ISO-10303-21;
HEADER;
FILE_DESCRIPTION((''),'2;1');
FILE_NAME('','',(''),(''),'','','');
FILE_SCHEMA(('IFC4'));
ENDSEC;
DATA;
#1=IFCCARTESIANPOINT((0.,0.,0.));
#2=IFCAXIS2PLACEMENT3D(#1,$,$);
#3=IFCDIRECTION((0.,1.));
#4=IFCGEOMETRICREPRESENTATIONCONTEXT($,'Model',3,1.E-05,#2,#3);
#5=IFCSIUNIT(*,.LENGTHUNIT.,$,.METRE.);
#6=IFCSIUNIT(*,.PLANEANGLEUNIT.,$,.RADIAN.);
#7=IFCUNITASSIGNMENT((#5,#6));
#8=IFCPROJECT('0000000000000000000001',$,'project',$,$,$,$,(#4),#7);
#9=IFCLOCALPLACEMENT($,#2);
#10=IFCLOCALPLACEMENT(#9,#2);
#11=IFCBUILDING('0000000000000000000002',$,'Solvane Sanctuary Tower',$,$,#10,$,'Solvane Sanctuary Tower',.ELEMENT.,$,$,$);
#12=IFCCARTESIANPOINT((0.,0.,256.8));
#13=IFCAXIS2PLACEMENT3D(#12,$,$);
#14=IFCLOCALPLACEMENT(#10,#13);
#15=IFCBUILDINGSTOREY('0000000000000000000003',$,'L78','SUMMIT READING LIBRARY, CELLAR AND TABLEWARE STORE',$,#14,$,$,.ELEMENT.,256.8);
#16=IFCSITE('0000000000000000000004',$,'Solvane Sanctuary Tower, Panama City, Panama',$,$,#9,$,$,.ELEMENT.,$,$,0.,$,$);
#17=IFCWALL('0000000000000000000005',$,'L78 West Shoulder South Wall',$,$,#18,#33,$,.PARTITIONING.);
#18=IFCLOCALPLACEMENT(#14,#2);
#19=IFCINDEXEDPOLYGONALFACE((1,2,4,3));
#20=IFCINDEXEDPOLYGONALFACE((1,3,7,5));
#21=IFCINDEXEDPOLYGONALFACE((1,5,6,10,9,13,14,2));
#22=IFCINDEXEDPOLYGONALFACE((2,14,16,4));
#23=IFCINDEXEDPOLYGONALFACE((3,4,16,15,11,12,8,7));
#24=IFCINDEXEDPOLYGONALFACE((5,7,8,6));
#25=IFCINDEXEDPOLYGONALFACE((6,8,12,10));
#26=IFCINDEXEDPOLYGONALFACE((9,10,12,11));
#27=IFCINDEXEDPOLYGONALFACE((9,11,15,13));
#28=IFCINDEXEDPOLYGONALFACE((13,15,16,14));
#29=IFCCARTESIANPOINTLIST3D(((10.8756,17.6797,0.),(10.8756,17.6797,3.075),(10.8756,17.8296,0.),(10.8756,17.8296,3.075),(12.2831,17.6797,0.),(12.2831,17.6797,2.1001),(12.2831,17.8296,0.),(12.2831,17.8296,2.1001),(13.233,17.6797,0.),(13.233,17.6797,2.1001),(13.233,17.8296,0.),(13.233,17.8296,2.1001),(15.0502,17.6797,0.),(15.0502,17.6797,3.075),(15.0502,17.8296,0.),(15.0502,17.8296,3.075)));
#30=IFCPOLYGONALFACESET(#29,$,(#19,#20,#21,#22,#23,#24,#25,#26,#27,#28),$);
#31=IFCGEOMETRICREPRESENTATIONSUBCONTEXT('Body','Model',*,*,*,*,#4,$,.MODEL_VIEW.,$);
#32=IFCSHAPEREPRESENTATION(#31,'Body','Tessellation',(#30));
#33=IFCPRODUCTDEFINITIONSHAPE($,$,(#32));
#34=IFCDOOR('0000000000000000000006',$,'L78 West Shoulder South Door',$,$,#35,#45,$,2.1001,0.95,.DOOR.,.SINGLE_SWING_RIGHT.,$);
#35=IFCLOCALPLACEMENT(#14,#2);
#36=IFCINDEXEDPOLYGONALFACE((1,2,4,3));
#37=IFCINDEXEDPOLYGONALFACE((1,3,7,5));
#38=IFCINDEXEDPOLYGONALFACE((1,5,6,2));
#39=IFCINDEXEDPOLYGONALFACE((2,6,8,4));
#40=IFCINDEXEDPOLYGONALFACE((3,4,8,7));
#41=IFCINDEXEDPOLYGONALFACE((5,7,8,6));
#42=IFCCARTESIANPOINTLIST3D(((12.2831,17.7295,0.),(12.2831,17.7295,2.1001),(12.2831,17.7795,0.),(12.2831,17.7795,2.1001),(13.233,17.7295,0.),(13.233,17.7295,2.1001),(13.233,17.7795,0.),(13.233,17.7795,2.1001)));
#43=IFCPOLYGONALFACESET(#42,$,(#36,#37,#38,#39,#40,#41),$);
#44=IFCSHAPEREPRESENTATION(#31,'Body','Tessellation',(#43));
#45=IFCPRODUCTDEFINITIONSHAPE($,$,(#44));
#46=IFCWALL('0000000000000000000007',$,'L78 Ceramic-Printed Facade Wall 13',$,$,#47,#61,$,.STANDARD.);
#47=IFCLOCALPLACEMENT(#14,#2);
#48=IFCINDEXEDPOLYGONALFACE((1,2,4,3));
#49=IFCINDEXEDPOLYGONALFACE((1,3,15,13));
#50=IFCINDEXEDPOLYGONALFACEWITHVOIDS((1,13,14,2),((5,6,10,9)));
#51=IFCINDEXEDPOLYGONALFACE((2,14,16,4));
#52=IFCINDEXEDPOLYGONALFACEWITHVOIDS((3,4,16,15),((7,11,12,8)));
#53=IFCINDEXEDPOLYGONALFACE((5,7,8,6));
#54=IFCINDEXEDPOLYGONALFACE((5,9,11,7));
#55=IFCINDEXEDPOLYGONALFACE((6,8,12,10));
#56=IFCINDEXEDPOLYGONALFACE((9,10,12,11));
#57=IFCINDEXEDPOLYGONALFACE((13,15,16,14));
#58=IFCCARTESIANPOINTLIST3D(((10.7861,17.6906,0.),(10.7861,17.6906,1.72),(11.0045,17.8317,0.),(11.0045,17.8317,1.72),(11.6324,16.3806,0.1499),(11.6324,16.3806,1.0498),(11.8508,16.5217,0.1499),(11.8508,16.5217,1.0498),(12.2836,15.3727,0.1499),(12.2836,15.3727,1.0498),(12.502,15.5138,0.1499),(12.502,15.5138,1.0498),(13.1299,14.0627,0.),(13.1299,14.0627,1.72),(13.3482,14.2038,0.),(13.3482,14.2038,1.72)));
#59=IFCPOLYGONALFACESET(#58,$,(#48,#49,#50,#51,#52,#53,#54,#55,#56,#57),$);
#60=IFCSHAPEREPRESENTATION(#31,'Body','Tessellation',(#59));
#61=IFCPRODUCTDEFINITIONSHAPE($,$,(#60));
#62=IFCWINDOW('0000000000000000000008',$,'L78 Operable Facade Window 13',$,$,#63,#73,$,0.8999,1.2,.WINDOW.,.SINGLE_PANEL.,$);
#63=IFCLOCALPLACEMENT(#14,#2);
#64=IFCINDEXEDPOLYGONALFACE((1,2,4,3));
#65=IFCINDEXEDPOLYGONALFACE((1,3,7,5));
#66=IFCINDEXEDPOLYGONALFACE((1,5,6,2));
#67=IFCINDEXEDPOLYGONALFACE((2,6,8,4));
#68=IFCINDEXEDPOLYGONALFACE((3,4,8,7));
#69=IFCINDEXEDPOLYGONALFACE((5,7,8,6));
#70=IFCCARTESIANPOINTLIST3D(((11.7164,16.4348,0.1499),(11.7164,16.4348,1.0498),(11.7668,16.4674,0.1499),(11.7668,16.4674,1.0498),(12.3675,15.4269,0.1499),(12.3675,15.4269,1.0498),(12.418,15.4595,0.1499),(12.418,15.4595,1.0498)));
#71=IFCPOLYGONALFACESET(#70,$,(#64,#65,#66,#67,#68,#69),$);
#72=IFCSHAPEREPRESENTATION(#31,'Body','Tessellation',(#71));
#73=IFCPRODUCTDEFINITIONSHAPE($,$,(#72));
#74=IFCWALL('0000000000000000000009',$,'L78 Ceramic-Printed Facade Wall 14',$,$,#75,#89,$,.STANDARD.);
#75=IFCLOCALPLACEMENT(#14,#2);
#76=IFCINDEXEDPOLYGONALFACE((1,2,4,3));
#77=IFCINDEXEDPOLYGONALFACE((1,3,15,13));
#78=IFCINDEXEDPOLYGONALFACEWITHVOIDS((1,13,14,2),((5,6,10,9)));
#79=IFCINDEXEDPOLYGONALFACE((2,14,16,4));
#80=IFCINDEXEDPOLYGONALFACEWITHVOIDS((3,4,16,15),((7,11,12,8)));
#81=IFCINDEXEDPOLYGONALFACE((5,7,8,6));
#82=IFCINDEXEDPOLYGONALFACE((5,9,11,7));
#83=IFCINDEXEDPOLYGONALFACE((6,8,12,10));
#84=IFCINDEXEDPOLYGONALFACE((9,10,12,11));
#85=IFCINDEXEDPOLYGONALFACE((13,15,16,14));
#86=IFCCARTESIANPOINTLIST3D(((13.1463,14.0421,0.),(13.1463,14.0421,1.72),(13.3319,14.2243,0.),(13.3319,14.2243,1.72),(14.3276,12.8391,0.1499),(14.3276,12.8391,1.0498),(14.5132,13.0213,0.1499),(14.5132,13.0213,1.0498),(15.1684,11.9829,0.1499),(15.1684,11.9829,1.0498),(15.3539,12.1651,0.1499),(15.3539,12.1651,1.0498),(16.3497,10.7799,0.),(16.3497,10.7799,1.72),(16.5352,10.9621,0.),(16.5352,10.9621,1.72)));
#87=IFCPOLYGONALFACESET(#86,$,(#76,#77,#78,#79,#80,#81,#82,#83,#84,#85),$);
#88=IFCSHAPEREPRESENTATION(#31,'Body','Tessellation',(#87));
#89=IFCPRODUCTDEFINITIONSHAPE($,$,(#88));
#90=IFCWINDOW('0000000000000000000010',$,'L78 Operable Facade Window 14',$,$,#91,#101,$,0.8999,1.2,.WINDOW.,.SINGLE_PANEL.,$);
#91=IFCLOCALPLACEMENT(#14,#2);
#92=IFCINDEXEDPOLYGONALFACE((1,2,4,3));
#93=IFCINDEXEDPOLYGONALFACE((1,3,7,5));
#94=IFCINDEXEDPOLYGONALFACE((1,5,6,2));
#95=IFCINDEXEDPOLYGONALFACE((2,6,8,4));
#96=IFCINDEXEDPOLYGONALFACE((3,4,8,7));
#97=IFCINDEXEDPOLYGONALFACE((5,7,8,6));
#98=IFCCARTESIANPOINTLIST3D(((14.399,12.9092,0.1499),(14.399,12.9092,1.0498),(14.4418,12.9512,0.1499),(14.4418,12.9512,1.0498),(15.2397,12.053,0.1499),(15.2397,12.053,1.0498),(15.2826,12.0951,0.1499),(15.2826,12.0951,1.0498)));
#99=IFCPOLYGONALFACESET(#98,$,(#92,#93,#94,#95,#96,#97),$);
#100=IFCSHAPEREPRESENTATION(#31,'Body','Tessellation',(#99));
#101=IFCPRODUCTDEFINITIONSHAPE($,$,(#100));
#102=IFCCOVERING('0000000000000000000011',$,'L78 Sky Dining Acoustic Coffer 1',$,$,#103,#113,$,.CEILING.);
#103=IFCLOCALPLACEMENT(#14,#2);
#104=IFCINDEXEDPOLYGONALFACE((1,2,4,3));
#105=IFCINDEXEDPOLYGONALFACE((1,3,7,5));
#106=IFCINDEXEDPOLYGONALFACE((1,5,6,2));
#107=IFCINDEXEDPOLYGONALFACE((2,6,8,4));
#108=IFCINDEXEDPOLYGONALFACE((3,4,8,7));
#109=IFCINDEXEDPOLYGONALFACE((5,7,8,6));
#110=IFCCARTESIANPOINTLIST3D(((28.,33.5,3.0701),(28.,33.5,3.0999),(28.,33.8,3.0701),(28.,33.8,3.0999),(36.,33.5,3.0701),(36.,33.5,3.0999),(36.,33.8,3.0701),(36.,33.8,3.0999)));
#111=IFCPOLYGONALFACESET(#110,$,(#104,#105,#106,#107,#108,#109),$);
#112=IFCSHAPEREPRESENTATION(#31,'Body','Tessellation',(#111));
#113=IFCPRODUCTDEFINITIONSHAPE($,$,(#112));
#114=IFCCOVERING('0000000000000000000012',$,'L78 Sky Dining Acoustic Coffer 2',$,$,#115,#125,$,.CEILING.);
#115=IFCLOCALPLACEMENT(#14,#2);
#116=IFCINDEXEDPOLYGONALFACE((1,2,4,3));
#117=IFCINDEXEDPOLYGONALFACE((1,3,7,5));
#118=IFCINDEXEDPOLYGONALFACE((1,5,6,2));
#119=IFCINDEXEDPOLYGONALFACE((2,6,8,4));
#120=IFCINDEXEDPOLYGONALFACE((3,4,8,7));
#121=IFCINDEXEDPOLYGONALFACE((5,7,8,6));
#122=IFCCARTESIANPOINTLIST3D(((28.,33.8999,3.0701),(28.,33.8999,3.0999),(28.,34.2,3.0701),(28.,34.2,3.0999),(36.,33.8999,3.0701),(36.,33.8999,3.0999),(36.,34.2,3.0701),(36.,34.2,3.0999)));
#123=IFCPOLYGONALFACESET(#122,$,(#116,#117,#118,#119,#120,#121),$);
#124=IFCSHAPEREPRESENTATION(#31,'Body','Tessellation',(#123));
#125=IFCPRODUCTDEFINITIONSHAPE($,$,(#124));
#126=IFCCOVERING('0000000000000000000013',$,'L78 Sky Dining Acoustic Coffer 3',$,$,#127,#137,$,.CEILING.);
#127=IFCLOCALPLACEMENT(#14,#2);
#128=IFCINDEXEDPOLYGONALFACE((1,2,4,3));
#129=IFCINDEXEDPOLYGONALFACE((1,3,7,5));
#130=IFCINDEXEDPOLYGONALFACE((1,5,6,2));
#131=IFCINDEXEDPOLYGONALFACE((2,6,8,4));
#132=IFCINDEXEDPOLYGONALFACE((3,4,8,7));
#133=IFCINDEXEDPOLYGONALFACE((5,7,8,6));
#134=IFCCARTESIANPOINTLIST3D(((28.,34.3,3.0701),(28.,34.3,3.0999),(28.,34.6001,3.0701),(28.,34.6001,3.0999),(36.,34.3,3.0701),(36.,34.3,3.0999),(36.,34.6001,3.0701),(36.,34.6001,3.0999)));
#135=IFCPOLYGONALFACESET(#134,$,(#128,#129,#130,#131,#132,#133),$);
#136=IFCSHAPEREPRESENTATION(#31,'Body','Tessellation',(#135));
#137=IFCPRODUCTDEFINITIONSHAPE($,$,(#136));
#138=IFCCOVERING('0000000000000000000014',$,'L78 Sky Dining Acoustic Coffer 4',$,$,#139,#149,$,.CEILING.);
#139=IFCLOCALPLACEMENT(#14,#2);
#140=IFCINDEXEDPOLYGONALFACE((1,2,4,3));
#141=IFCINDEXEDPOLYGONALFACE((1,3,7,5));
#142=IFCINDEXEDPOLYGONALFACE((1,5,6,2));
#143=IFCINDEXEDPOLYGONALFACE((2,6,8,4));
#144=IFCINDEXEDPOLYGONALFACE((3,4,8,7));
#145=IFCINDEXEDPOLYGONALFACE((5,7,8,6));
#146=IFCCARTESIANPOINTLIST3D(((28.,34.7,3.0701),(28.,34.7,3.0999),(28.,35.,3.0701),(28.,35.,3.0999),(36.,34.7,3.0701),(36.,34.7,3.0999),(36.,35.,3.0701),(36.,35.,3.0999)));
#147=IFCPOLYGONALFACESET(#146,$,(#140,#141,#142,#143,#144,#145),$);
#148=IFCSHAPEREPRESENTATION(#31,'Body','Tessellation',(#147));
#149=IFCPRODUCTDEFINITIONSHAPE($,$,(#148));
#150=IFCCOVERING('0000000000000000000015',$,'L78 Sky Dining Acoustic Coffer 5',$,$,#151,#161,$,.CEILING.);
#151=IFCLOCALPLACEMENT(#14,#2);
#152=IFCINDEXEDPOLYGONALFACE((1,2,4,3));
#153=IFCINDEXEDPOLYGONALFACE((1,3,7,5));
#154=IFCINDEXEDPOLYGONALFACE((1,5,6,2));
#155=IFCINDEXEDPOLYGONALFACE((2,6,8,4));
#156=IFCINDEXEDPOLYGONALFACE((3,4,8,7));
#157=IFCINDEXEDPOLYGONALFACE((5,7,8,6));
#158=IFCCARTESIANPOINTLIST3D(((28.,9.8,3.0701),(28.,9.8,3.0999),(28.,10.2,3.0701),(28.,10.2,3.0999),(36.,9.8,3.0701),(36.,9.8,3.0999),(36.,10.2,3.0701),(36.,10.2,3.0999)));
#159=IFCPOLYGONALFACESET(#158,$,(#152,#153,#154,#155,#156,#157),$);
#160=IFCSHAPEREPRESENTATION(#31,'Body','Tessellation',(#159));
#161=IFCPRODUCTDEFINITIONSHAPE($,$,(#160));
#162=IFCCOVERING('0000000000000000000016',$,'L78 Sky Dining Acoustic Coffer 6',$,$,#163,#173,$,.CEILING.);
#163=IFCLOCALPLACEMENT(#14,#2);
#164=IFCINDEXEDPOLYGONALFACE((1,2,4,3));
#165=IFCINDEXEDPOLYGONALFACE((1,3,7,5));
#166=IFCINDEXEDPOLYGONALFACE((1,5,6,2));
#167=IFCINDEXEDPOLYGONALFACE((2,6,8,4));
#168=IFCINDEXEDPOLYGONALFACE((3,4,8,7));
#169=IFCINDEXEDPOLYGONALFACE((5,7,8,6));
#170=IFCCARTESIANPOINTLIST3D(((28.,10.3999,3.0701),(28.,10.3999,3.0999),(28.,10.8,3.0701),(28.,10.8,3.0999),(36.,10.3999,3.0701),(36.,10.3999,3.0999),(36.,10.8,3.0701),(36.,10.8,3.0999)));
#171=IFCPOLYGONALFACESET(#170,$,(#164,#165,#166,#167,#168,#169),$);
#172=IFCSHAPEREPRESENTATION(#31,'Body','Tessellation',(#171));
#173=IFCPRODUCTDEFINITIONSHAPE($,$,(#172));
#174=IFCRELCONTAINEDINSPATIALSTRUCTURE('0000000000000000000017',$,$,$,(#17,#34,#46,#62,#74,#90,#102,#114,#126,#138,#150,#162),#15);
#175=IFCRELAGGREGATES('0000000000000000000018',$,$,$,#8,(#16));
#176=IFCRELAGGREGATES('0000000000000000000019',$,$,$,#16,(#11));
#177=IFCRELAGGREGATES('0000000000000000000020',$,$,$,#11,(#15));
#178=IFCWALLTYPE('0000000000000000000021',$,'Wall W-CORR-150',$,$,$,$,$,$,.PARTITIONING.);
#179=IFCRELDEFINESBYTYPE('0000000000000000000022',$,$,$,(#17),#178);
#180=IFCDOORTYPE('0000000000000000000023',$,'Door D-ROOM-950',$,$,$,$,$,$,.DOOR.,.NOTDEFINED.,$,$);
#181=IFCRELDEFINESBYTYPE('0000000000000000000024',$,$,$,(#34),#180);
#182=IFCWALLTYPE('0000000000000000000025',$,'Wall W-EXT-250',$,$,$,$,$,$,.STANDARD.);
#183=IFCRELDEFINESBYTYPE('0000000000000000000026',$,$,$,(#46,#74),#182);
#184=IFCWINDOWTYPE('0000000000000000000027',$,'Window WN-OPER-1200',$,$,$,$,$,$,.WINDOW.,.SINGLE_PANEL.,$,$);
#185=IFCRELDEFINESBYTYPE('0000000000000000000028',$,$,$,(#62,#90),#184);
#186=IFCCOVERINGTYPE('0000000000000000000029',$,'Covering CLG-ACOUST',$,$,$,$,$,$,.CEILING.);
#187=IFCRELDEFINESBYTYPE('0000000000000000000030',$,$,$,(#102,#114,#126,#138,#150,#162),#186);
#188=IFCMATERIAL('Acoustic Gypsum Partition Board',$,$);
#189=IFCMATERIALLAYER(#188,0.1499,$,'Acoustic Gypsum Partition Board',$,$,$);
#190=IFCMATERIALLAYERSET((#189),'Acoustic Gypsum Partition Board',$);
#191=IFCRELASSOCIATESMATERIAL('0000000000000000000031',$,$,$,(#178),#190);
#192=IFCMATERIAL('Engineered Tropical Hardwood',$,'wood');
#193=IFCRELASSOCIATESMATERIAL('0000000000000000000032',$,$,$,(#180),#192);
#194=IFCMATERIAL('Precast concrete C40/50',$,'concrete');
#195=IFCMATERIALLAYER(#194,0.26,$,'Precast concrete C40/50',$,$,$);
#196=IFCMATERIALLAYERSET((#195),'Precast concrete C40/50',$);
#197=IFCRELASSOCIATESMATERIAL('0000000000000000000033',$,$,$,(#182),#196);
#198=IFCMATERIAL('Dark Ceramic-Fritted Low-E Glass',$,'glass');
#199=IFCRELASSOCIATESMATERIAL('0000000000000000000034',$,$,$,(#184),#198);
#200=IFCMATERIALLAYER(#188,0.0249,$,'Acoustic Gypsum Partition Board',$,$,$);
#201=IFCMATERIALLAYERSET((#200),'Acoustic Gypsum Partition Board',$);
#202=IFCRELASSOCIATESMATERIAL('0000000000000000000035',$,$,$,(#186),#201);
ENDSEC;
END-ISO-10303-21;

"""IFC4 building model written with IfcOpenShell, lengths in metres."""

from ifc_helpers import new_model, si_unit, direction, frame, frame_2d, origin, place, context, subcontext, project, spatial, polyline, rectangle, outline, extrude, material, layer, layer_set, type_object, element, fill, save


model = new_model("IFC4")

# Units and contexts
model_context = context("Model", 3, precision=1e-05, world=origin(), true_north=direction((0.0, 1.0)))
body_context = subcontext(model_context, "Body", "Model", "MODEL_VIEW")
ifc_project = project(units=[si_unit("LENGTHUNIT", "METRE"), si_unit("PLANEANGLEUNIT", "RADIAN")], contexts=[model_context])

# Site, building, storey
site_placement = place(None, origin())
site = spatial("IfcSite", under=ifc_project, at=site_placement, Name="Solvane Sanctuary Tower, Panama City, Panama", CompositionType="ELEMENT", RefElevation=0.0)
building_placement = place(site_placement, origin())
building = spatial("IfcBuilding", under=site, at=building_placement, Name="Solvane Sanctuary Tower", LongName="Solvane Sanctuary Tower", CompositionType="ELEMENT")
storey_placement = place(building_placement, frame((0.0, 0.0, 256.8)))
storey = spatial("IfcBuildingStorey", under=building, at=storey_placement, Name="L78", Description="SUMMIT READING LIBRARY, CELLAR AND TABLEWARE STORE", CompositionType="ELEMENT", Elevation=256.8)

# Wall, opening, door
ifc_material_1 = material(Name="Acoustic Gypsum Partition Board")
ifc_layer_1 = layer(ifc_material_1, 0.1499, Name="Acoustic Gypsum Partition Board")
ifc_layer_set_1 = layer_set([ifc_layer_1], Name="Acoustic Gypsum Partition Board")
wall_type_1 = type_object("IfcWallType", Name="Wall W-CORR-150", PredefinedType="PARTITIONING", material=ifc_layer_set_1)
wall_1_placement = place(storey_placement, frame((10.8755, 17.7546, 0.0), z_axis=(0.0, 0.0, 1.0), x_axis=(1.0, 0.0, 0.0)))
wall_1 = element("IfcWall", 1, at=wall_1_placement, inside=storey, type_object=wall_type_1, Name="L78 West Shoulder South Wall", PredefinedType="PARTITIONING", context=body_context, shape_type="SweptSolid", body=[
    extrude(rectangle(XDim=4.1746, YDim=0.1499, at=frame_2d((2.0874, 0.0))), origin(), (0.0, 0.0, 1.0), 3.075),
])
opening_1_placement = place(wall_1_placement, frame((1.4075, 0.0, 0.0)))
opening_1 = element("IfcOpeningElement", 2, at=opening_1_placement, cuts=wall_1, PredefinedType="OPENING", context=body_context, shape_type="SweptSolid", body=[
    extrude(rectangle(XDim=0.95, YDim=2.1001, at=frame_2d((0.4751, 1.05))), frame((0.0, 0.085, 0.0), z_axis=(0.0, -1.0, 0.0), x_axis=(1.0, 0.0, 0.0)), (0.0, 0.0, 1.0), 0.1699),
])
ifc_material_2 = material(Name="Engineered Tropical Hardwood", Category="wood")
door_type = type_object("IfcDoorType", Name="Door D-ROOM-950", OperationType="NOTDEFINED", PredefinedType="DOOR", material=ifc_material_2)
door_placement = place(opening_1_placement, origin())
door = element("IfcDoor", 3, at=door_placement, inside=storey, type_object=door_type, Name="L78 West Shoulder South Door", OperationType="SINGLE_SWING_RIGHT", OverallHeight=2.1001, OverallWidth=0.95, PredefinedType="DOOR", context=body_context, shape_type="SweptSolid", body=[
    extrude(rectangle(XDim=0.95, YDim=2.1001, at=frame_2d((0.4751, 1.05))), frame((0.0, 0.0249, 0.0), z_axis=(0.0, -1.0, 0.0), x_axis=(1.0, 0.0, 0.0)), (0.0, 0.0, 1.0), 0.05),
])
fill(opening_1, door)

# Walls, openings, windows
ifc_material_3 = material(Name="Precast concrete C40/50", Category="concrete")
ifc_layer_2 = layer(ifc_material_3, 0.26, Name="Precast concrete C40/50")
ifc_layer_set_2 = layer_set([ifc_layer_2], Name="Precast concrete C40/50")
wall_type_2 = type_object("IfcWallType", Name="Wall W-EXT-250", PredefinedType="STANDARD", material=ifc_layer_set_2)
wall_2_placement = place(storey_placement, frame((10.8953, 17.7612, 0.0), z_axis=(0.0, 0.0, 1.0), x_axis=(0.542642, -0.839964, 0.0)))
wall_2 = element("IfcWall", 4, at=wall_2_placement, inside=storey, type_object=wall_type_2, Name="L78 Ceramic-Printed Facade Wall 13", PredefinedType="STANDARD", context=body_context, shape_type="SweptSolid", body=[
    extrude(rectangle(XDim=4.3191, YDim=0.26, at=frame_2d((2.1597, 0.0))), origin(), (0.0, 0.0, 1.0), 1.72),
])
opening_2_placement = place(wall_2_placement, frame((1.5596, 0.0, 0.1499)))
opening_2 = element("IfcOpeningElement", 5, at=opening_2_placement, cuts=wall_2, PredefinedType="OPENING", context=body_context, shape_type="SweptSolid", body=[
    extrude(rectangle(XDim=1.2, YDim=0.8999, at=frame_2d((0.6001, 0.45))), frame((0.0, 0.1399, 0.0), z_axis=(0.0, -1.0, 0.0), x_axis=(1.0, 0.0, 0.0)), (0.0, 0.0, 1.0), 0.28),
])
ifc_material_4 = material(Name="Dark Ceramic-Fritted Low-E Glass", Category="glass")
window_type = type_object("IfcWindowType", Name="Window WN-OPER-1200", PartitioningType="SINGLE_PANEL", PredefinedType="WINDOW", material=ifc_material_4)
window_1_placement = place(opening_2_placement, origin())
window_1 = element("IfcWindow", 6, at=window_1_placement, inside=storey, type_object=window_type, Name="L78 Operable Facade Window 13", OverallHeight=0.8999, OverallWidth=1.2, PartitioningType="SINGLE_PANEL", PredefinedType="WINDOW", context=body_context, shape_type="SweptSolid", body=[
    extrude(rectangle(XDim=1.2, YDim=0.8999, at=frame_2d((0.6001, 0.45))), frame((0.0, 0.03, 0.0), z_axis=(0.0, -1.0, 0.0), x_axis=(1.0, 0.0, 0.0)), (0.0, 0.0, 1.0), 0.0601),
])
fill(opening_2, window_1)
wall_3_placement = place(storey_placement, frame((13.239, 14.1333, 0.0), z_axis=(0.0, 0.0, 1.0), x_axis=(0.700643, -0.713512, 0.0)))
wall_3 = element("IfcWall", 7, at=wall_3_placement, inside=storey, type_object=wall_type_2, Name="L78 Ceramic-Printed Facade Wall 14", PredefinedType="STANDARD", context=body_context, shape_type="SweptSolid", body=[
    extrude(rectangle(XDim=4.572, YDim=0.26, at=frame_2d((2.2861, 0.0))), origin(), (0.0, 0.0, 1.0), 1.72),
])
opening_3_placement = place(wall_3_placement, frame((1.686, 0.0, 0.1499)))
opening_3 = element("IfcOpeningElement", 8, at=opening_3_placement, cuts=wall_3, PredefinedType="OPENING", context=body_context, shape_type="SweptSolid", body=[
    extrude(rectangle(XDim=1.2, YDim=0.8999, at=frame_2d((0.6001, 0.45))), frame((0.0, 0.1399, 0.0), z_axis=(0.0, -1.0, 0.0), x_axis=(1.0, 0.0, 0.0)), (0.0, 0.0, 1.0), 0.28),
])
window_2_placement = place(opening_3_placement, origin())
window_2 = element("IfcWindow", 9, at=window_2_placement, inside=storey, type_object=window_type, Name="L78 Operable Facade Window 14", OverallHeight=0.8999, OverallWidth=1.2, PartitioningType="SINGLE_PANEL", PredefinedType="WINDOW", context=body_context, shape_type="SweptSolid", body=[
    extrude(rectangle(XDim=1.2, YDim=0.8999, at=frame_2d((0.6001, 0.45))), frame((0.0, 0.03, 0.0), z_axis=(0.0, -1.0, 0.0), x_axis=(1.0, 0.0, 0.0)), (0.0, 0.0, 1.0), 0.0601),
])
fill(opening_3, window_2)

# Coverings
ifc_layer_3 = layer(ifc_material_1, 0.0249, Name="Acoustic Gypsum Partition Board")
ifc_layer_set_3 = layer_set([ifc_layer_3], Name="Acoustic Gypsum Partition Board")
covering_type_1 = type_object("IfcCoveringType", Name="Covering CLG-ACOUST", PredefinedType="CEILING", material=ifc_layer_set_3)
covering_1_placement = place(storey_placement, frame((0.0, 0.0, 3.0701)))
element("IfcCovering", 10, at=covering_1_placement, inside=storey, type_object=covering_type_1, Name="L78 Sky Dining Acoustic Coffer 1", PredefinedType="CEILING", context=body_context, shape_type="SweptSolid", body=[
    extrude(outline(polyline([(28.0, 33.5), (36.0, 33.5), (36.0, 33.8), (28.0, 33.8), (28.0, 33.5)])), origin(), (0.0, 0.0, 1.0), 0.0298),
])
covering_2_placement = place(storey_placement, frame((0.0, 0.0, 3.0701)))
element("IfcCovering", 11, at=covering_2_placement, inside=storey, type_object=covering_type_1, Name="L78 Sky Dining Acoustic Coffer 2", PredefinedType="CEILING", context=body_context, shape_type="SweptSolid", body=[
    extrude(outline(polyline([(28.0, 33.8999), (36.0, 33.8999), (36.0, 34.2), (28.0, 34.2), (28.0, 33.8999)])), origin(), (0.0, 0.0, 1.0), 0.0298),
])
covering_3_placement = place(storey_placement, frame((0.0, 0.0, 3.0701)))
element("IfcCovering", 12, at=covering_3_placement, inside=storey, type_object=covering_type_1, Name="L78 Sky Dining Acoustic Coffer 3", PredefinedType="CEILING", context=body_context, shape_type="SweptSolid", body=[
    extrude(outline(polyline([(28.0, 34.3), (36.0, 34.3), (36.0, 34.6001), (28.0, 34.6001), (28.0, 34.3)])), origin(), (0.0, 0.0, 1.0), 0.0298),
])
covering_4_placement = place(storey_placement, frame((0.0, 0.0, 3.0701)))
element("IfcCovering", 13, at=covering_4_placement, inside=storey, type_object=covering_type_1, Name="L78 Sky Dining Acoustic Coffer 4", PredefinedType="CEILING", context=body_context, shape_type="SweptSolid", body=[
    extrude(outline(polyline([(28.0, 34.7), (36.0, 34.7), (36.0, 35.0), (28.0, 35.0), (28.0, 34.7)])), origin(), (0.0, 0.0, 1.0), 0.0298),
])
covering_5_placement = place(storey_placement, frame((0.0, 0.0, 3.0701)))
element("IfcCovering", 14, at=covering_5_placement, inside=storey, type_object=covering_type_1, Name="L78 Sky Dining Acoustic Coffer 5", PredefinedType="CEILING", context=body_context, shape_type="SweptSolid", body=[
    extrude(outline(polyline([(28.0, 9.8), (36.0, 9.8), (36.0, 10.2), (28.0, 10.2), (28.0, 9.8)])), origin(), (0.0, 0.0, 1.0), 0.0298),
])
covering_6_placement = place(storey_placement, frame((0.0, 0.0, 3.0701)))
element("IfcCovering", 15, at=covering_6_placement, inside=storey, type_object=covering_type_1, Name="L78 Sky Dining Acoustic Coffer 6", PredefinedType="CEILING", context=body_context, shape_type="SweptSolid", body=[
    extrude(outline(polyline([(28.0, 10.3999), (36.0, 10.3999), (36.0, 10.8), (28.0, 10.8), (28.0, 10.3999)])), origin(), (0.0, 0.0, 1.0), 0.0298),
])

save(model, "model.ifc")
